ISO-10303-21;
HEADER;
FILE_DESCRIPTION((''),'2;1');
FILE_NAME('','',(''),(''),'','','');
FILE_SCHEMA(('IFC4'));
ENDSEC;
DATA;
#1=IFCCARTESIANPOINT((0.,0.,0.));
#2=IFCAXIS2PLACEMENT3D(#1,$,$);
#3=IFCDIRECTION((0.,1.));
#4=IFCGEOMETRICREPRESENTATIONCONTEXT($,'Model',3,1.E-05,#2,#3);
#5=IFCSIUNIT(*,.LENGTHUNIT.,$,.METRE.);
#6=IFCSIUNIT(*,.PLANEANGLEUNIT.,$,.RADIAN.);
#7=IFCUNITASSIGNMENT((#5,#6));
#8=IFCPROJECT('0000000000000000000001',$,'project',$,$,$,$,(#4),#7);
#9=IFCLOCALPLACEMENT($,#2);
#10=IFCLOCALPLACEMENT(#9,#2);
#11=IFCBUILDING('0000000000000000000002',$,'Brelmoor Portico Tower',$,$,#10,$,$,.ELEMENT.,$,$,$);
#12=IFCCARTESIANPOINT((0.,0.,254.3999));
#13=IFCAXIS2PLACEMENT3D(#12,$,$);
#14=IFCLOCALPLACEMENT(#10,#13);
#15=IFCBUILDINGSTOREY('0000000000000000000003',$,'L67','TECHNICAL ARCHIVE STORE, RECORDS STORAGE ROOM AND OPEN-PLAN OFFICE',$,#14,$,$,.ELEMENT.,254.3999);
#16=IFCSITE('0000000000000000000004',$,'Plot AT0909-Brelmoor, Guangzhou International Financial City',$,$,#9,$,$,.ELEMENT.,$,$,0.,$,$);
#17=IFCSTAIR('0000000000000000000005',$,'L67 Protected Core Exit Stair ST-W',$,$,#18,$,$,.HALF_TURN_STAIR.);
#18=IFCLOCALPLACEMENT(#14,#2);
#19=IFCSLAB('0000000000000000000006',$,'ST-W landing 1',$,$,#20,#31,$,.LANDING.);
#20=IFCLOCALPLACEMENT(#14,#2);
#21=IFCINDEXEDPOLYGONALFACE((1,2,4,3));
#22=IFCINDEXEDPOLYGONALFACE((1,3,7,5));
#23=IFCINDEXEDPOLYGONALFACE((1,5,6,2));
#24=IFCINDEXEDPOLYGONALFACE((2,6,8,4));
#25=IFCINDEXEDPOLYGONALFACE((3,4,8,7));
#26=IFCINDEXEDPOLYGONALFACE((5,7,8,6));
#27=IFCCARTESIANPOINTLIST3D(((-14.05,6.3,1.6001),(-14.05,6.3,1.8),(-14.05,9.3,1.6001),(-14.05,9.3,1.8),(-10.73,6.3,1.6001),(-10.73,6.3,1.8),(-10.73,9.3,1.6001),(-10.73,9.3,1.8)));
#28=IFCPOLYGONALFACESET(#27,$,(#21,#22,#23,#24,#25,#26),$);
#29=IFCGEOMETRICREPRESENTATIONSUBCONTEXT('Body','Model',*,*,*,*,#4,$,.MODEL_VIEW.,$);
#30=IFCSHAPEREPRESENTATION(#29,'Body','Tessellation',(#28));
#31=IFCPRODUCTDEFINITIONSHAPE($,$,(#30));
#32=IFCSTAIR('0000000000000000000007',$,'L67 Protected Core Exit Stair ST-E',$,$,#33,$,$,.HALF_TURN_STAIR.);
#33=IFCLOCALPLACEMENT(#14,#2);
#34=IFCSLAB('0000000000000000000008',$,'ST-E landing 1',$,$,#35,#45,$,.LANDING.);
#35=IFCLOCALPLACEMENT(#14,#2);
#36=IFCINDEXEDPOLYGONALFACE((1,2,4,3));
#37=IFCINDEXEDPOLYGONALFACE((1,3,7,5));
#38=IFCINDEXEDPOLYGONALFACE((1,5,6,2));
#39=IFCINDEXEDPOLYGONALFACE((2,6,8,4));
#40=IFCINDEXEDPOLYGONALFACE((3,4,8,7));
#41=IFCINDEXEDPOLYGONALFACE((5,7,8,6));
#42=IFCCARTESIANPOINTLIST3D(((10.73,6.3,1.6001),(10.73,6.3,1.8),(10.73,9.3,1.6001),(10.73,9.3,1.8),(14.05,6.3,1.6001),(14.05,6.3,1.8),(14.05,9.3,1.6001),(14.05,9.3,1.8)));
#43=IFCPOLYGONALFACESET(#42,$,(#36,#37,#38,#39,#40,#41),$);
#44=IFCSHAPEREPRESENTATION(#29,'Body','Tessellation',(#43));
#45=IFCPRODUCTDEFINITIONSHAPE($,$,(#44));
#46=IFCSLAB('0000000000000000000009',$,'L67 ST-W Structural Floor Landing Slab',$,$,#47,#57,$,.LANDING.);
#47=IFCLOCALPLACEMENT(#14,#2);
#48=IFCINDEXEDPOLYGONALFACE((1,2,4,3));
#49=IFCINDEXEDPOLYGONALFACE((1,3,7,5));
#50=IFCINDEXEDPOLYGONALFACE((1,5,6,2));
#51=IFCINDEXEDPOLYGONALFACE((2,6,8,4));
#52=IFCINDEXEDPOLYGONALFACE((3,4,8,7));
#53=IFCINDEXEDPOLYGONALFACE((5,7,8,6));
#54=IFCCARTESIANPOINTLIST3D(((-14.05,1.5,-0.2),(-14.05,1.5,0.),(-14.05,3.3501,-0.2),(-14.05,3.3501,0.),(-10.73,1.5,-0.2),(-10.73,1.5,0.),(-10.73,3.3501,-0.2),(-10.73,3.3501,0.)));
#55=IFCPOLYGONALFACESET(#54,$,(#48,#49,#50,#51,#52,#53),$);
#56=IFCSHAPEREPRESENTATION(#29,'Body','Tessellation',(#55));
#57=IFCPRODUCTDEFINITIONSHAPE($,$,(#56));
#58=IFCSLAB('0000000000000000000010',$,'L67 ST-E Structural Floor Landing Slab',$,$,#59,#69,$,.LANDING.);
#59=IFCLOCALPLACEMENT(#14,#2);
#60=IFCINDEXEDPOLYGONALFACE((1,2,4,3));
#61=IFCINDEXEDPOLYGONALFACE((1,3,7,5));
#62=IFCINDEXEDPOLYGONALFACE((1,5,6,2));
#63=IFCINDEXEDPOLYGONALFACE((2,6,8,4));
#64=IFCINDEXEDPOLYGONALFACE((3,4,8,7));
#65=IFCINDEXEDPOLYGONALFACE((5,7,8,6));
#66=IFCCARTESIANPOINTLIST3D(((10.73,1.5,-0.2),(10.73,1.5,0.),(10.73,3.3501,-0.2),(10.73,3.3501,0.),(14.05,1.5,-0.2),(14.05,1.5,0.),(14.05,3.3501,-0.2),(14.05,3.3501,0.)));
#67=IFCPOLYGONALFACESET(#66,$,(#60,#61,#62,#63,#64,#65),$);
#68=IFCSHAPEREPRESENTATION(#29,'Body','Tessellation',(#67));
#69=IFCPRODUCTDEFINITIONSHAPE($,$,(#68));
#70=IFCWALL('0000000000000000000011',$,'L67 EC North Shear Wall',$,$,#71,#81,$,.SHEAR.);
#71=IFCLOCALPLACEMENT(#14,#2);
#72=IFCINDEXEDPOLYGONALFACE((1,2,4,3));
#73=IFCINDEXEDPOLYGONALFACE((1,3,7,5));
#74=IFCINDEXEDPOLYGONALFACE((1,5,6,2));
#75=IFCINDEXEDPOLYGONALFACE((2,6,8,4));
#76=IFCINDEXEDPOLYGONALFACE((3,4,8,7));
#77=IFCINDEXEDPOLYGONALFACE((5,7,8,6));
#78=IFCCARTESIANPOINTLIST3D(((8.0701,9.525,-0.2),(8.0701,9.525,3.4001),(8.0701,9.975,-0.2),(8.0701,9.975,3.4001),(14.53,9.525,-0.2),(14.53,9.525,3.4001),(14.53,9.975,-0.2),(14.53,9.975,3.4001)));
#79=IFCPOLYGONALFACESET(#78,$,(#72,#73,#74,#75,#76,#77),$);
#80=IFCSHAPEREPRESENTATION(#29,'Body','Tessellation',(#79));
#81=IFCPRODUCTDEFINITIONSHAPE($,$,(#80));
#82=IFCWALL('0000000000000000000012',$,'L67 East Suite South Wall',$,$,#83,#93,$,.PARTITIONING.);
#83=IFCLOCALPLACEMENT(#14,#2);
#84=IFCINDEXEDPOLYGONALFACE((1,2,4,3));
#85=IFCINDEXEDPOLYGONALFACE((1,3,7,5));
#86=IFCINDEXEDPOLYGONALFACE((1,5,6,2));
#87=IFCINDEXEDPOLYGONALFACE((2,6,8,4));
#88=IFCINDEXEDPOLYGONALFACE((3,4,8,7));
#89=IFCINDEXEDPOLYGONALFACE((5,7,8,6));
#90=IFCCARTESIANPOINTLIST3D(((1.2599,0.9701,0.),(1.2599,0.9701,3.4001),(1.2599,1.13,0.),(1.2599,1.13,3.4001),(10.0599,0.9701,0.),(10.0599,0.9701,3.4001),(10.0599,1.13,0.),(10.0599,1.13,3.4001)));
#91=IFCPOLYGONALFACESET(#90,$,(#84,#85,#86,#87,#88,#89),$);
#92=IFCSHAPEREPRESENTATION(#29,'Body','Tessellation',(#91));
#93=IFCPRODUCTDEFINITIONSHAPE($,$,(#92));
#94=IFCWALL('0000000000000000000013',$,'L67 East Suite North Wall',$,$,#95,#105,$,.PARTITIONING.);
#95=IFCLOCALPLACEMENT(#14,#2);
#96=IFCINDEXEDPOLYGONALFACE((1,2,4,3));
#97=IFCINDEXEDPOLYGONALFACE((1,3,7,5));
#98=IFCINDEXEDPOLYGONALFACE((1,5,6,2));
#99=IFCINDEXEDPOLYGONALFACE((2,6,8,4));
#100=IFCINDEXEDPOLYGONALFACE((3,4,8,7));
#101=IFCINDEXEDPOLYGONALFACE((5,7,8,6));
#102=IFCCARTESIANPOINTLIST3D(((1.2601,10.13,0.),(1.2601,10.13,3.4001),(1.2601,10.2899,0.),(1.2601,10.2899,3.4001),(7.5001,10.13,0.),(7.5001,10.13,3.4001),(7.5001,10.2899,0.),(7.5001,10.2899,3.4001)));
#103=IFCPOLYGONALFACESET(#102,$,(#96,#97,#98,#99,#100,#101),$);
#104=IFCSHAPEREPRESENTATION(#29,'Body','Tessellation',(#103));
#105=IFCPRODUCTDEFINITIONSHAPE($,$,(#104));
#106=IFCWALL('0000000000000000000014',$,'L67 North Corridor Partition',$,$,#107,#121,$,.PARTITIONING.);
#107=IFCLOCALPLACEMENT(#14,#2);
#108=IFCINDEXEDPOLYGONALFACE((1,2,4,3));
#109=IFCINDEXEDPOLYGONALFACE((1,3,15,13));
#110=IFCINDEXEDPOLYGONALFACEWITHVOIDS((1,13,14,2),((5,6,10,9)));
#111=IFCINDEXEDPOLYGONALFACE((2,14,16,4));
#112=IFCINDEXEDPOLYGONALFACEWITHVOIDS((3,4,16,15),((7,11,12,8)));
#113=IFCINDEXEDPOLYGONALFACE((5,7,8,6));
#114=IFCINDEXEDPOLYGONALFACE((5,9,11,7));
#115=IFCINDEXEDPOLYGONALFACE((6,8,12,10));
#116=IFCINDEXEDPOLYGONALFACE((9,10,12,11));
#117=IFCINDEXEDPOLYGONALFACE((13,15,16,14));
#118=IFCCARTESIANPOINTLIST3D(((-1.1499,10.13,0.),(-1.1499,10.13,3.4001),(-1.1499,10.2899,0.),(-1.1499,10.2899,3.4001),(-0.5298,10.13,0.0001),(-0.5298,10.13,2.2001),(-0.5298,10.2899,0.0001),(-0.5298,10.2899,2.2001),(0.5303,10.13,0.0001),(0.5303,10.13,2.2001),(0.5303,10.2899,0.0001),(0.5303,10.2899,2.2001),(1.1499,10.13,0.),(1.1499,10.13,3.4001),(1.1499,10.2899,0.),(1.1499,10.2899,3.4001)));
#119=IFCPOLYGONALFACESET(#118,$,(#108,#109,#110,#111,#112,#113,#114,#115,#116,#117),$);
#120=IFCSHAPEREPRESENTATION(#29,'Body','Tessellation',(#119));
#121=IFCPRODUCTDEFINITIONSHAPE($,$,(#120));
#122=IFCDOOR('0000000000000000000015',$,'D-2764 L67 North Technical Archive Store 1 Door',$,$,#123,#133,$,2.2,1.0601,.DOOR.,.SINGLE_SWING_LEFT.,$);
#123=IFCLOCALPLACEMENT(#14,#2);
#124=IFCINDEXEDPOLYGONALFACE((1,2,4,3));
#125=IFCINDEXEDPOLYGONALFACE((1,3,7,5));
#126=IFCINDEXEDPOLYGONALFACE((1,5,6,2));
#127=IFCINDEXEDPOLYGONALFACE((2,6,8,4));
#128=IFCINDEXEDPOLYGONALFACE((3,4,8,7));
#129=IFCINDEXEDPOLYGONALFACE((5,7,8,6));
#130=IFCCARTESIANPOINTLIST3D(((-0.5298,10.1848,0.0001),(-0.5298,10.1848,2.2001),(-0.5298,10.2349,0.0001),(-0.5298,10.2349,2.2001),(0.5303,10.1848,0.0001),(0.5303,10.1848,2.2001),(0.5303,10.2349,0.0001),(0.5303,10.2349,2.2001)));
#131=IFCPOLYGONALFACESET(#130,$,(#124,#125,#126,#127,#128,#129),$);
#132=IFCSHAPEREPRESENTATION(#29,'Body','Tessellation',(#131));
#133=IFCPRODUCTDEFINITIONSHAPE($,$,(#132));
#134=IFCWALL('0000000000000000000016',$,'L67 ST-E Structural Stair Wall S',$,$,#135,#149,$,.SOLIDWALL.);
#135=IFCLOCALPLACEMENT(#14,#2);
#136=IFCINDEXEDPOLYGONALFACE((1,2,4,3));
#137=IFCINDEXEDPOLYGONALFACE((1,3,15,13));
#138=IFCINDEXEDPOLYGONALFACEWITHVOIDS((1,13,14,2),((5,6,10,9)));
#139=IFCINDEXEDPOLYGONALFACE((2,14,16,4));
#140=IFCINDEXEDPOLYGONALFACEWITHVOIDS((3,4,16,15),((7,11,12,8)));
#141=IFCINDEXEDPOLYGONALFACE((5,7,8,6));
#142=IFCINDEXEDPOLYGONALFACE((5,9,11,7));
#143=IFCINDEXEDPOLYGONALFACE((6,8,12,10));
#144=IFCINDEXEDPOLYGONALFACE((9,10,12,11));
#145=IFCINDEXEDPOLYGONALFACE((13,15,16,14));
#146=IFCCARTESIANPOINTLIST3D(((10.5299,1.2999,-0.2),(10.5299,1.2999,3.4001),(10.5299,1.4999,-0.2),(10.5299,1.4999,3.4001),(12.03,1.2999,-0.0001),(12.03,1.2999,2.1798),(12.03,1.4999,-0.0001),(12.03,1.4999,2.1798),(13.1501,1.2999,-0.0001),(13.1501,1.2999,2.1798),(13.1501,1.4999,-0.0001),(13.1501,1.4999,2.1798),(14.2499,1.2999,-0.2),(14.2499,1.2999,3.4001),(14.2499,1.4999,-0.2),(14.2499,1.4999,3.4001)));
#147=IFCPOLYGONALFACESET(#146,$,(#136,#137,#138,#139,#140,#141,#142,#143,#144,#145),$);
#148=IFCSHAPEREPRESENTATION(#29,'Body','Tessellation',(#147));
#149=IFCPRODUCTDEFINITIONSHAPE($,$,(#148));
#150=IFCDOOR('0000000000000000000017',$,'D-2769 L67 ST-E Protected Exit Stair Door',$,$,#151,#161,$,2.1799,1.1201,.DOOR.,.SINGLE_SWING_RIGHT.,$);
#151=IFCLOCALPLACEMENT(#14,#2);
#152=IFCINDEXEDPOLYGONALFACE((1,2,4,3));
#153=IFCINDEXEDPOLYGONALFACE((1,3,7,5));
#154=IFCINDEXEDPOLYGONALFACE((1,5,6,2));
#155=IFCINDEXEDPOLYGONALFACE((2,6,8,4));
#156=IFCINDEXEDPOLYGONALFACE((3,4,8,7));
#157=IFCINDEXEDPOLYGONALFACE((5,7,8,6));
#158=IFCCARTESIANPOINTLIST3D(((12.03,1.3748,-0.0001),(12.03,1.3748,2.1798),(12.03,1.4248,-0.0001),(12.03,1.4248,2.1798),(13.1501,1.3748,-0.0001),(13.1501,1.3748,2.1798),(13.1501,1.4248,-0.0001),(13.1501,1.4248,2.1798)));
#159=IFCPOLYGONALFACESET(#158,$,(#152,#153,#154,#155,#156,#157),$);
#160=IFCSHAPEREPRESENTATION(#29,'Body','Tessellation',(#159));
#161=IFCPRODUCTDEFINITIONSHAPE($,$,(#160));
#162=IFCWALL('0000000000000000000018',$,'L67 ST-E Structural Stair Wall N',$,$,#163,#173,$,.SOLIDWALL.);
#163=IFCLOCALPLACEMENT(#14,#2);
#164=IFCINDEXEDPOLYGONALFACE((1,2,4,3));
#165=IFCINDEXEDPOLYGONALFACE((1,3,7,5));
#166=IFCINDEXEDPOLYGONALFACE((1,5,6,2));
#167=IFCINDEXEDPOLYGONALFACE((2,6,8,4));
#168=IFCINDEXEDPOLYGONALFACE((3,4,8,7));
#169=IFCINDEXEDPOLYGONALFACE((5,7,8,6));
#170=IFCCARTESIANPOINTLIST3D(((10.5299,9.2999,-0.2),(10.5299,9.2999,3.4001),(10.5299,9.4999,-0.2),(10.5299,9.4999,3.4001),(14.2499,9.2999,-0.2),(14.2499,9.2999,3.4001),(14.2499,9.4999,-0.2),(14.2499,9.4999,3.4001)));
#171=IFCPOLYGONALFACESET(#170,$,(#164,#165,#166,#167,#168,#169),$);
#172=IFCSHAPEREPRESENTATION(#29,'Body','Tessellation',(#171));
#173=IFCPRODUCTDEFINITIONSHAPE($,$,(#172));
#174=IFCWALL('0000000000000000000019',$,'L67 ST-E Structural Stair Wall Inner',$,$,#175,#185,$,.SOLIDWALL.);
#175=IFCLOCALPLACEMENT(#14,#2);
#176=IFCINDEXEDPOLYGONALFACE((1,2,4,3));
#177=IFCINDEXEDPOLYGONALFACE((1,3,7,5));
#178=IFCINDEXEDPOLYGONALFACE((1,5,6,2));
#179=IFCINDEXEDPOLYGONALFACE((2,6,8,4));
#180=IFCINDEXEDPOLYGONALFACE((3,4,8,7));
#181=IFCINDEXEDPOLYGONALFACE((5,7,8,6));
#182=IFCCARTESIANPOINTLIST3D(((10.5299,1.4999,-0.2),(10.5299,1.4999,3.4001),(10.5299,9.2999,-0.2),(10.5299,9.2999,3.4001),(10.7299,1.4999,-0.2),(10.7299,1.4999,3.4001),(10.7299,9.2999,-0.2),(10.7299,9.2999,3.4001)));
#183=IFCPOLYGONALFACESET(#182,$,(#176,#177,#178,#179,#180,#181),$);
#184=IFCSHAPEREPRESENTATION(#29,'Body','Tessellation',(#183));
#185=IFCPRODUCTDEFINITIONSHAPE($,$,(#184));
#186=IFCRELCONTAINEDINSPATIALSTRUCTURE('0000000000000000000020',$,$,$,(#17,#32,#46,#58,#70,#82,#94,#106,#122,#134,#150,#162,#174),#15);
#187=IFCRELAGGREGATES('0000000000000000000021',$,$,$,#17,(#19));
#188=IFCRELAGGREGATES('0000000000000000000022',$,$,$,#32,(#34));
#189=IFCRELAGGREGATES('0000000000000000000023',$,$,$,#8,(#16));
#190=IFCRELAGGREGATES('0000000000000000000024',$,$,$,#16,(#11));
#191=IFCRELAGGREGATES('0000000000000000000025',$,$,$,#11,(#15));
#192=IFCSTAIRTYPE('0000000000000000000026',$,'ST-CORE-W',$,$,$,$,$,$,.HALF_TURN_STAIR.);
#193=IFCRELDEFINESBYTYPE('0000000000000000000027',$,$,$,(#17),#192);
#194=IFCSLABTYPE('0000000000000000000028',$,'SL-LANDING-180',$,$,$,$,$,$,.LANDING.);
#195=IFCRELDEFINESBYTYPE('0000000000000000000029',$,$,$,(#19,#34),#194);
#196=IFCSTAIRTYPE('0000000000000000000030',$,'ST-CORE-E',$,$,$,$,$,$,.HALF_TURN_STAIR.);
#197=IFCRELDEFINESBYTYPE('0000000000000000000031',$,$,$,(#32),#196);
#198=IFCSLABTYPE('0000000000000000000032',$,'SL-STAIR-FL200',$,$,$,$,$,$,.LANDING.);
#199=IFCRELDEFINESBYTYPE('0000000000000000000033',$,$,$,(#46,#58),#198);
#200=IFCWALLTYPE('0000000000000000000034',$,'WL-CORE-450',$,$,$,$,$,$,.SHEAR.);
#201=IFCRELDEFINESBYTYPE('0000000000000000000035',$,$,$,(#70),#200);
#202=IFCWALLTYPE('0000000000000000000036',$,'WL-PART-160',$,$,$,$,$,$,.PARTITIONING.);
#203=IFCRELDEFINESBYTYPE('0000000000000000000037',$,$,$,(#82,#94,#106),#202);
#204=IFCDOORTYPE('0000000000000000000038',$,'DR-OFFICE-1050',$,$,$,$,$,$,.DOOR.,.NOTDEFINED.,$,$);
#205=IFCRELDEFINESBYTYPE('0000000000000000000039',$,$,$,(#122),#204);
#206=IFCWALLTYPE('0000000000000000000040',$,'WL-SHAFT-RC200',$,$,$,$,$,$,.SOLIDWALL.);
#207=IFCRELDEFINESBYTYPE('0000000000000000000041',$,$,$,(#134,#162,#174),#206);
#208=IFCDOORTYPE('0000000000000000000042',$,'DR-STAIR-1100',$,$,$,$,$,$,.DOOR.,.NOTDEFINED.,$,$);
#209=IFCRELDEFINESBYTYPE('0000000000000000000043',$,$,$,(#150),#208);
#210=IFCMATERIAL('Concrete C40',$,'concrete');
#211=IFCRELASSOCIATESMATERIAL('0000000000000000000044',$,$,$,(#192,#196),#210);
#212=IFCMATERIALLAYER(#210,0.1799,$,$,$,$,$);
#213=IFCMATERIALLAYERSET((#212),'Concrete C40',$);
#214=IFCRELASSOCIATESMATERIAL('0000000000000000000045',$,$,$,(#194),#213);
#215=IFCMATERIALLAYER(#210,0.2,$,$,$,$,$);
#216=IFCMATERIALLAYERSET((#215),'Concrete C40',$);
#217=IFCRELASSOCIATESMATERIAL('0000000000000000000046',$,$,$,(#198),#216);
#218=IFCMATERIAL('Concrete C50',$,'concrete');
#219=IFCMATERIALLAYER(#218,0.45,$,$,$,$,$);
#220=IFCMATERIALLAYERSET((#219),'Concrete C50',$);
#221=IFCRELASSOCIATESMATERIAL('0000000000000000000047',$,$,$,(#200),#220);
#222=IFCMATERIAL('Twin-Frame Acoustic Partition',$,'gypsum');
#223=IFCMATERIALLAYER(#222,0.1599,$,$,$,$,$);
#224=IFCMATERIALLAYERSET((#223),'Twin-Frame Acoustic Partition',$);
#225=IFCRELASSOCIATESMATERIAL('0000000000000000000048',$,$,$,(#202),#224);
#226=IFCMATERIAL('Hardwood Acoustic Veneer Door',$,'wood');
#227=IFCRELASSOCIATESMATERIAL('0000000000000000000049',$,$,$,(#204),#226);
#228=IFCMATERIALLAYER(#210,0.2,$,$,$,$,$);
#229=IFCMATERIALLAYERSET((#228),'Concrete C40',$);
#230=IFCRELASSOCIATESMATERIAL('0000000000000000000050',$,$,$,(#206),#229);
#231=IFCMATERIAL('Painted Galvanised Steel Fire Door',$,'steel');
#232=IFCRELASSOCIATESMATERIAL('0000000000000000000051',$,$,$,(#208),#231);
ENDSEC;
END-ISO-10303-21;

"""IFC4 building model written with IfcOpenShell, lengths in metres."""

from ifc_helpers import new_model, si_unit, direction, frame, frame_2d, origin, place, context, subcontext, project, spatial, polyline, rectangle, outline, extrude, material, layer, layer_set, type_object, element, fill, aggregate, save


model = new_model("IFC4")

# Units and contexts
model_context = context("Model", 3, precision=1e-05, world=origin(), true_north=direction((0.0, 1.0)))
body_context = subcontext(model_context, "Body", "Model", "MODEL_VIEW")
ifc_project = project(units=[si_unit("LENGTHUNIT", "METRE"), si_unit("PLANEANGLEUNIT", "RADIAN")], contexts=[model_context])

# Site, building, storey
site_placement = place(None, origin())
site = spatial("IfcSite", under=ifc_project, at=site_placement, Name="Plot AT0909-Brelmoor, Guangzhou International Financial City", CompositionType="ELEMENT", RefElevation=0.0)
building_placement = place(site_placement, origin())
building = spatial("IfcBuilding", under=site, at=building_placement, Name="Brelmoor Portico Tower", CompositionType="ELEMENT")
storey_placement = place(building_placement, frame((0.0, 0.0, 254.3999)))
storey = spatial("IfcBuildingStorey", under=building, at=storey_placement, Name="L67", Description="TECHNICAL ARCHIVE STORE, RECORDS STORAGE ROOM AND OPEN-PLAN OFFICE", CompositionType="ELEMENT", Elevation=254.3999)

# Shared definitions
ifc_material_1 = material(Name="Concrete C40", Category="concrete")

# Stairs, slabs
stair_type_1 = type_object("IfcStairType", Name="ST-CORE-W", PredefinedType="HALF_TURN_STAIR", material=ifc_material_1)
stair_1_placement = place(storey_placement, origin())
stair_1 = element("IfcStair", 1, at=stair_1_placement, inside=storey, type_object=stair_type_1, Name="L67 Protected Core Exit Stair ST-W", PredefinedType="HALF_TURN_STAIR")
ifc_layer_1 = layer(ifc_material_1, 0.1799)
ifc_layer_set_1 = layer_set([ifc_layer_1], Name="Concrete C40")
slab_type_1 = type_object("IfcSlabType", Name="SL-LANDING-180", PredefinedType="LANDING", material=ifc_layer_set_1)
slab_1_placement = place(storey_placement, frame((0.0, 0.0, 1.6001)))
slab_1 = element("IfcSlab", 2, at=slab_1_placement, type_object=slab_type_1, Name="ST-W landing 1", PredefinedType="LANDING", context=body_context, shape_type="SweptSolid", body=[
    extrude(outline(polyline([(-10.73, 6.3), (-10.73, 9.3), (-14.05, 9.3), (-14.05, 6.3), (-10.73, 6.3)])), origin(), (0.0, 0.0, 1.0), 0.2),
])
aggregate(stair_1, [slab_1])
stair_type_2 = type_object("IfcStairType", Name="ST-CORE-E", PredefinedType="HALF_TURN_STAIR", material=ifc_material_1)
stair_2_placement = place(storey_placement, origin())
stair_2 = element("IfcStair", 3, at=stair_2_placement, inside=storey, type_object=stair_type_2, Name="L67 Protected Core Exit Stair ST-E", PredefinedType="HALF_TURN_STAIR")
slab_2_placement = place(storey_placement, frame((0.0, 0.0, 1.6001)))
slab_2 = element("IfcSlab", 4, at=slab_2_placement, type_object=slab_type_1, Name="ST-E landing 1", PredefinedType="LANDING", context=body_context, shape_type="SweptSolid", body=[
    extrude(outline(polyline([(14.05, 6.3), (14.05, 9.3), (10.73, 9.3), (10.73, 6.3), (14.05, 6.3)])), origin(), (0.0, 0.0, 1.0), 0.2),
])

# Slabs
ifc_layer_2 = layer(ifc_material_1, 0.2)
ifc_layer_set_2 = layer_set([ifc_layer_2], Name="Concrete C40")
slab_type_2 = type_object("IfcSlabType", Name="SL-STAIR-FL200", PredefinedType="LANDING", material=ifc_layer_set_2)
slab_3_placement = place(storey_placement, frame((0.0, 0.0, -0.2)))
element("IfcSlab", 5, at=slab_3_placement, inside=storey, type_object=slab_type_2, Name="L67 ST-W Structural Floor Landing Slab", PredefinedType="LANDING", context=body_context, shape_type="SweptSolid", body=[
    extrude(outline(polyline([(-10.73, 1.5), (-10.73, 3.3501), (-14.05, 3.3501), (-14.05, 1.5), (-10.73, 1.5)])), origin(), (0.0, 0.0, 1.0), 0.2),
])
slab_4_placement = place(storey_placement, frame((0.0, 0.0, -0.2)))
element("IfcSlab", 6, at=slab_4_placement, inside=storey, type_object=slab_type_2, Name="L67 ST-E Structural Floor Landing Slab", PredefinedType="LANDING", context=body_context, shape_type="SweptSolid", body=[
    extrude(outline(polyline([(14.05, 1.5), (14.05, 3.3501), (10.73, 3.3501), (10.73, 1.5), (14.05, 1.5)])), origin(), (0.0, 0.0, 1.0), 0.2),
])

# Walls
ifc_material_2 = material(Name="Concrete C50", Category="concrete")
ifc_layer_3 = layer(ifc_material_2, 0.45)
ifc_layer_set_3 = layer_set([ifc_layer_3], Name="Concrete C50")
wall_type_1 = type_object("IfcWallType", Name="WL-CORE-450", PredefinedType="SHEAR", material=ifc_layer_set_3)
wall_1_placement = place(storey_placement, frame((8.0701, 9.75, -0.2), z_axis=(0.0, 0.0, 1.0), x_axis=(1.0, 0.0, 0.0)))
element("IfcWall", 7, at=wall_1_placement, inside=storey, type_object=wall_type_1, Name="L67 EC North Shear Wall", PredefinedType="SHEAR", context=body_context, shape_type="SweptSolid", body=[
    extrude(rectangle(XDim=6.46, YDim=0.45, at=frame_2d((3.23, 0.0))), origin(), (0.0, 0.0, 1.0), 3.6001),
])
ifc_material_3 = material(Name="Twin-Frame Acoustic Partition", Category="gypsum")
ifc_layer_4 = layer(ifc_material_3, 0.1599)
ifc_layer_set_4 = layer_set([ifc_layer_4], Name="Twin-Frame Acoustic Partition")
wall_type_2 = type_object("IfcWallType", Name="WL-PART-160", PredefinedType="PARTITIONING", material=ifc_layer_set_4)
wall_2_placement = place(storey_placement, frame((1.26, 1.05, 0.0), z_axis=(0.0, 0.0, 1.0), x_axis=(1.0, 0.0, 0.0)))
element("IfcWall", 8, at=wall_2_placement, inside=storey, type_object=wall_type_2, Name="L67 East Suite South Wall", PredefinedType="PARTITIONING", context=body_context, shape_type="SweptSolid", body=[
    extrude(rectangle(XDim=8.8, YDim=0.1599, at=frame_2d((4.3999, 0.0))), origin(), (0.0, 0.0, 1.0), 3.4001),
])
wall_3_placement = place(storey_placement, frame((1.26, 10.21, 0.0), z_axis=(0.0, 0.0, 1.0), x_axis=(1.0, 0.0, 0.0)))
element("IfcWall", 9, at=wall_3_placement, inside=storey, type_object=wall_type_2, Name="L67 East Suite North Wall", PredefinedType="PARTITIONING", context=body_context, shape_type="SweptSolid", body=[
    extrude(rectangle(XDim=6.24, YDim=0.1599, at=frame_2d((3.1201, 0.0))), origin(), (0.0, 0.0, 1.0), 3.4001),
])

# Walls, openings, doors
wall_4_placement = place(storey_placement, frame((-1.1499, 10.21, 0.0), z_axis=(0.0, 0.0, 1.0), x_axis=(1.0, 0.0, 0.0)))
wall_4 = element("IfcWall", 10, at=wall_4_placement, inside=storey, type_object=wall_type_2, Name="L67 North Corridor Partition", PredefinedType="PARTITIONING", context=body_context, shape_type="SweptSolid", body=[
    extrude(rectangle(XDim=2.2998, YDim=0.1599, at=frame_2d((1.1499, 0.0))), origin(), (0.0, 0.0, 1.0), 3.4001),
])
opening_1_placement = place(wall_4_placement, frame((0.6201, 0.0, 0.0)))
opening_1 = element("IfcOpeningElement", 11, at=opening_1_placement, cuts=wall_4, PredefinedType="OPENING", context=body_context, shape_type="SweptSolid", body=[
    extrude(rectangle(XDim=1.0601, YDim=2.2, at=frame_2d((0.53, 1.1001))), frame((0.0, 0.0898, 0.0), z_axis=(0.0, -1.0, 0.0), x_axis=(1.0, 0.0, 0.0)), (0.0, 0.0, 1.0), 0.1799),
])
ifc_material_4 = material(Name="Hardwood Acoustic Veneer Door", Category="wood")
door_type_1 = type_object("IfcDoorType", Name="DR-OFFICE-1050", OperationType="NOTDEFINED", PredefinedType="DOOR", material=ifc_material_4)
door_1_placement = place(opening_1_placement, origin())
door_1 = element("IfcDoor", 12, at=door_1_placement, inside=storey, type_object=door_type_1, Name="D-2764 L67 North Technical Archive Store 1 Door", OperationType="SINGLE_SWING_LEFT", OverallHeight=2.2, OverallWidth=1.0601, PredefinedType="DOOR", context=body_context, shape_type="SweptSolid", body=[
    extrude(rectangle(XDim=1.0601, YDim=2.2, at=frame_2d((0.53, 1.1001))), frame((0.0, 0.0249, 0.0), z_axis=(0.0, -1.0, 0.0), x_axis=(1.0, 0.0, 0.0)), (0.0, 0.0, 1.0), 0.05),
])
fill(opening_1, door_1)
ifc_layer_5 = layer(ifc_material_1, 0.2)
ifc_layer_set_5 = layer_set([ifc_layer_5], Name="Concrete C40")
wall_type_3 = type_object("IfcWallType", Name="WL-SHAFT-RC200", PredefinedType="SOLIDWALL", material=ifc_layer_set_5)
wall_5_placement = place(storey_placement, frame((10.53, 1.3999, -0.2), z_axis=(0.0, 0.0, 1.0), x_axis=(1.0, 0.0, 0.0)))
wall_5 = element("IfcWall", 13, at=wall_5_placement, inside=storey, type_object=wall_type_3, Name="L67 ST-E Structural Stair Wall S", PredefinedType="SOLIDWALL", context=body_context, shape_type="SweptSolid", body=[
    extrude(rectangle(XDim=3.72, YDim=0.2, at=frame_2d((1.8599, 0.0))), origin(), (0.0, 0.0, 1.0), 3.6001),
])
opening_2_placement = place(wall_5_placement, frame((1.5, 0.0, 0.2)))
opening_2 = element("IfcOpeningElement", 14, at=opening_2_placement, cuts=wall_5, PredefinedType="OPENING", context=body_context, shape_type="SweptSolid", body=[
    extrude(rectangle(XDim=1.1201, YDim=2.1799, at=frame_2d((0.5601, 1.0898))), frame((0.0, 0.1099, 0.0), z_axis=(0.0, -1.0, 0.0), x_axis=(1.0, 0.0, 0.0)), (0.0, 0.0, 1.0), 0.22),
])
ifc_material_5 = material(Name="Painted Galvanised Steel Fire Door", Category="steel")
door_type_2 = type_object("IfcDoorType", Name="DR-STAIR-1100", OperationType="NOTDEFINED", PredefinedType="DOOR", material=ifc_material_5)
door_2_placement = place(opening_2_placement, origin())
door_2 = element("IfcDoor", 15, at=door_2_placement, inside=storey, type_object=door_type_2, Name="D-2769 L67 ST-E Protected Exit Stair Door", OperationType="SINGLE_SWING_RIGHT", OverallHeight=2.1799, OverallWidth=1.1201, PredefinedType="DOOR", context=body_context, shape_type="SweptSolid", body=[
    extrude(rectangle(XDim=1.1201, YDim=2.1799, at=frame_2d((0.5601, 1.0898))), frame((0.0, 0.0249, 0.0), z_axis=(0.0, -1.0, 0.0), x_axis=(1.0, 0.0, 0.0)), (0.0, 0.0, 1.0), 0.05),
])
fill(opening_2, door_2)

# Walls
wall_6_placement = place(storey_placement, frame((10.53, 9.3999, -0.2), z_axis=(0.0, 0.0, 1.0), x_axis=(1.0, 0.0, 0.0)))
element("IfcWall", 16, at=wall_6_placement, inside=storey, type_object=wall_type_3, Name="L67 ST-E Structural Stair Wall N", PredefinedType="SOLIDWALL", context=body_context, shape_type="SweptSolid", body=[
    extrude(rectangle(XDim=3.72, YDim=0.2, at=frame_2d((1.8599, 0.0))), origin(), (0.0, 0.0, 1.0), 3.6001),
])
wall_7_placement = place(storey_placement, frame((10.6299, 1.5, -0.2), z_axis=(0.0, 0.0, 1.0), x_axis=(0.0, 1.0, 0.0)))
element("IfcWall", 17, at=wall_7_placement, inside=storey, type_object=wall_type_3, Name="L67 ST-E Structural Stair Wall Inner", PredefinedType="SOLIDWALL", context=body_context, shape_type="SweptSolid", body=[
    extrude(rectangle(XDim=7.8, YDim=0.2, at=frame_2d((3.8999, 0.0))), origin(), (0.0, 0.0, 1.0), 3.6001),
])

aggregate(stair_2, [slab_2])

save(model, "model.ifc")
